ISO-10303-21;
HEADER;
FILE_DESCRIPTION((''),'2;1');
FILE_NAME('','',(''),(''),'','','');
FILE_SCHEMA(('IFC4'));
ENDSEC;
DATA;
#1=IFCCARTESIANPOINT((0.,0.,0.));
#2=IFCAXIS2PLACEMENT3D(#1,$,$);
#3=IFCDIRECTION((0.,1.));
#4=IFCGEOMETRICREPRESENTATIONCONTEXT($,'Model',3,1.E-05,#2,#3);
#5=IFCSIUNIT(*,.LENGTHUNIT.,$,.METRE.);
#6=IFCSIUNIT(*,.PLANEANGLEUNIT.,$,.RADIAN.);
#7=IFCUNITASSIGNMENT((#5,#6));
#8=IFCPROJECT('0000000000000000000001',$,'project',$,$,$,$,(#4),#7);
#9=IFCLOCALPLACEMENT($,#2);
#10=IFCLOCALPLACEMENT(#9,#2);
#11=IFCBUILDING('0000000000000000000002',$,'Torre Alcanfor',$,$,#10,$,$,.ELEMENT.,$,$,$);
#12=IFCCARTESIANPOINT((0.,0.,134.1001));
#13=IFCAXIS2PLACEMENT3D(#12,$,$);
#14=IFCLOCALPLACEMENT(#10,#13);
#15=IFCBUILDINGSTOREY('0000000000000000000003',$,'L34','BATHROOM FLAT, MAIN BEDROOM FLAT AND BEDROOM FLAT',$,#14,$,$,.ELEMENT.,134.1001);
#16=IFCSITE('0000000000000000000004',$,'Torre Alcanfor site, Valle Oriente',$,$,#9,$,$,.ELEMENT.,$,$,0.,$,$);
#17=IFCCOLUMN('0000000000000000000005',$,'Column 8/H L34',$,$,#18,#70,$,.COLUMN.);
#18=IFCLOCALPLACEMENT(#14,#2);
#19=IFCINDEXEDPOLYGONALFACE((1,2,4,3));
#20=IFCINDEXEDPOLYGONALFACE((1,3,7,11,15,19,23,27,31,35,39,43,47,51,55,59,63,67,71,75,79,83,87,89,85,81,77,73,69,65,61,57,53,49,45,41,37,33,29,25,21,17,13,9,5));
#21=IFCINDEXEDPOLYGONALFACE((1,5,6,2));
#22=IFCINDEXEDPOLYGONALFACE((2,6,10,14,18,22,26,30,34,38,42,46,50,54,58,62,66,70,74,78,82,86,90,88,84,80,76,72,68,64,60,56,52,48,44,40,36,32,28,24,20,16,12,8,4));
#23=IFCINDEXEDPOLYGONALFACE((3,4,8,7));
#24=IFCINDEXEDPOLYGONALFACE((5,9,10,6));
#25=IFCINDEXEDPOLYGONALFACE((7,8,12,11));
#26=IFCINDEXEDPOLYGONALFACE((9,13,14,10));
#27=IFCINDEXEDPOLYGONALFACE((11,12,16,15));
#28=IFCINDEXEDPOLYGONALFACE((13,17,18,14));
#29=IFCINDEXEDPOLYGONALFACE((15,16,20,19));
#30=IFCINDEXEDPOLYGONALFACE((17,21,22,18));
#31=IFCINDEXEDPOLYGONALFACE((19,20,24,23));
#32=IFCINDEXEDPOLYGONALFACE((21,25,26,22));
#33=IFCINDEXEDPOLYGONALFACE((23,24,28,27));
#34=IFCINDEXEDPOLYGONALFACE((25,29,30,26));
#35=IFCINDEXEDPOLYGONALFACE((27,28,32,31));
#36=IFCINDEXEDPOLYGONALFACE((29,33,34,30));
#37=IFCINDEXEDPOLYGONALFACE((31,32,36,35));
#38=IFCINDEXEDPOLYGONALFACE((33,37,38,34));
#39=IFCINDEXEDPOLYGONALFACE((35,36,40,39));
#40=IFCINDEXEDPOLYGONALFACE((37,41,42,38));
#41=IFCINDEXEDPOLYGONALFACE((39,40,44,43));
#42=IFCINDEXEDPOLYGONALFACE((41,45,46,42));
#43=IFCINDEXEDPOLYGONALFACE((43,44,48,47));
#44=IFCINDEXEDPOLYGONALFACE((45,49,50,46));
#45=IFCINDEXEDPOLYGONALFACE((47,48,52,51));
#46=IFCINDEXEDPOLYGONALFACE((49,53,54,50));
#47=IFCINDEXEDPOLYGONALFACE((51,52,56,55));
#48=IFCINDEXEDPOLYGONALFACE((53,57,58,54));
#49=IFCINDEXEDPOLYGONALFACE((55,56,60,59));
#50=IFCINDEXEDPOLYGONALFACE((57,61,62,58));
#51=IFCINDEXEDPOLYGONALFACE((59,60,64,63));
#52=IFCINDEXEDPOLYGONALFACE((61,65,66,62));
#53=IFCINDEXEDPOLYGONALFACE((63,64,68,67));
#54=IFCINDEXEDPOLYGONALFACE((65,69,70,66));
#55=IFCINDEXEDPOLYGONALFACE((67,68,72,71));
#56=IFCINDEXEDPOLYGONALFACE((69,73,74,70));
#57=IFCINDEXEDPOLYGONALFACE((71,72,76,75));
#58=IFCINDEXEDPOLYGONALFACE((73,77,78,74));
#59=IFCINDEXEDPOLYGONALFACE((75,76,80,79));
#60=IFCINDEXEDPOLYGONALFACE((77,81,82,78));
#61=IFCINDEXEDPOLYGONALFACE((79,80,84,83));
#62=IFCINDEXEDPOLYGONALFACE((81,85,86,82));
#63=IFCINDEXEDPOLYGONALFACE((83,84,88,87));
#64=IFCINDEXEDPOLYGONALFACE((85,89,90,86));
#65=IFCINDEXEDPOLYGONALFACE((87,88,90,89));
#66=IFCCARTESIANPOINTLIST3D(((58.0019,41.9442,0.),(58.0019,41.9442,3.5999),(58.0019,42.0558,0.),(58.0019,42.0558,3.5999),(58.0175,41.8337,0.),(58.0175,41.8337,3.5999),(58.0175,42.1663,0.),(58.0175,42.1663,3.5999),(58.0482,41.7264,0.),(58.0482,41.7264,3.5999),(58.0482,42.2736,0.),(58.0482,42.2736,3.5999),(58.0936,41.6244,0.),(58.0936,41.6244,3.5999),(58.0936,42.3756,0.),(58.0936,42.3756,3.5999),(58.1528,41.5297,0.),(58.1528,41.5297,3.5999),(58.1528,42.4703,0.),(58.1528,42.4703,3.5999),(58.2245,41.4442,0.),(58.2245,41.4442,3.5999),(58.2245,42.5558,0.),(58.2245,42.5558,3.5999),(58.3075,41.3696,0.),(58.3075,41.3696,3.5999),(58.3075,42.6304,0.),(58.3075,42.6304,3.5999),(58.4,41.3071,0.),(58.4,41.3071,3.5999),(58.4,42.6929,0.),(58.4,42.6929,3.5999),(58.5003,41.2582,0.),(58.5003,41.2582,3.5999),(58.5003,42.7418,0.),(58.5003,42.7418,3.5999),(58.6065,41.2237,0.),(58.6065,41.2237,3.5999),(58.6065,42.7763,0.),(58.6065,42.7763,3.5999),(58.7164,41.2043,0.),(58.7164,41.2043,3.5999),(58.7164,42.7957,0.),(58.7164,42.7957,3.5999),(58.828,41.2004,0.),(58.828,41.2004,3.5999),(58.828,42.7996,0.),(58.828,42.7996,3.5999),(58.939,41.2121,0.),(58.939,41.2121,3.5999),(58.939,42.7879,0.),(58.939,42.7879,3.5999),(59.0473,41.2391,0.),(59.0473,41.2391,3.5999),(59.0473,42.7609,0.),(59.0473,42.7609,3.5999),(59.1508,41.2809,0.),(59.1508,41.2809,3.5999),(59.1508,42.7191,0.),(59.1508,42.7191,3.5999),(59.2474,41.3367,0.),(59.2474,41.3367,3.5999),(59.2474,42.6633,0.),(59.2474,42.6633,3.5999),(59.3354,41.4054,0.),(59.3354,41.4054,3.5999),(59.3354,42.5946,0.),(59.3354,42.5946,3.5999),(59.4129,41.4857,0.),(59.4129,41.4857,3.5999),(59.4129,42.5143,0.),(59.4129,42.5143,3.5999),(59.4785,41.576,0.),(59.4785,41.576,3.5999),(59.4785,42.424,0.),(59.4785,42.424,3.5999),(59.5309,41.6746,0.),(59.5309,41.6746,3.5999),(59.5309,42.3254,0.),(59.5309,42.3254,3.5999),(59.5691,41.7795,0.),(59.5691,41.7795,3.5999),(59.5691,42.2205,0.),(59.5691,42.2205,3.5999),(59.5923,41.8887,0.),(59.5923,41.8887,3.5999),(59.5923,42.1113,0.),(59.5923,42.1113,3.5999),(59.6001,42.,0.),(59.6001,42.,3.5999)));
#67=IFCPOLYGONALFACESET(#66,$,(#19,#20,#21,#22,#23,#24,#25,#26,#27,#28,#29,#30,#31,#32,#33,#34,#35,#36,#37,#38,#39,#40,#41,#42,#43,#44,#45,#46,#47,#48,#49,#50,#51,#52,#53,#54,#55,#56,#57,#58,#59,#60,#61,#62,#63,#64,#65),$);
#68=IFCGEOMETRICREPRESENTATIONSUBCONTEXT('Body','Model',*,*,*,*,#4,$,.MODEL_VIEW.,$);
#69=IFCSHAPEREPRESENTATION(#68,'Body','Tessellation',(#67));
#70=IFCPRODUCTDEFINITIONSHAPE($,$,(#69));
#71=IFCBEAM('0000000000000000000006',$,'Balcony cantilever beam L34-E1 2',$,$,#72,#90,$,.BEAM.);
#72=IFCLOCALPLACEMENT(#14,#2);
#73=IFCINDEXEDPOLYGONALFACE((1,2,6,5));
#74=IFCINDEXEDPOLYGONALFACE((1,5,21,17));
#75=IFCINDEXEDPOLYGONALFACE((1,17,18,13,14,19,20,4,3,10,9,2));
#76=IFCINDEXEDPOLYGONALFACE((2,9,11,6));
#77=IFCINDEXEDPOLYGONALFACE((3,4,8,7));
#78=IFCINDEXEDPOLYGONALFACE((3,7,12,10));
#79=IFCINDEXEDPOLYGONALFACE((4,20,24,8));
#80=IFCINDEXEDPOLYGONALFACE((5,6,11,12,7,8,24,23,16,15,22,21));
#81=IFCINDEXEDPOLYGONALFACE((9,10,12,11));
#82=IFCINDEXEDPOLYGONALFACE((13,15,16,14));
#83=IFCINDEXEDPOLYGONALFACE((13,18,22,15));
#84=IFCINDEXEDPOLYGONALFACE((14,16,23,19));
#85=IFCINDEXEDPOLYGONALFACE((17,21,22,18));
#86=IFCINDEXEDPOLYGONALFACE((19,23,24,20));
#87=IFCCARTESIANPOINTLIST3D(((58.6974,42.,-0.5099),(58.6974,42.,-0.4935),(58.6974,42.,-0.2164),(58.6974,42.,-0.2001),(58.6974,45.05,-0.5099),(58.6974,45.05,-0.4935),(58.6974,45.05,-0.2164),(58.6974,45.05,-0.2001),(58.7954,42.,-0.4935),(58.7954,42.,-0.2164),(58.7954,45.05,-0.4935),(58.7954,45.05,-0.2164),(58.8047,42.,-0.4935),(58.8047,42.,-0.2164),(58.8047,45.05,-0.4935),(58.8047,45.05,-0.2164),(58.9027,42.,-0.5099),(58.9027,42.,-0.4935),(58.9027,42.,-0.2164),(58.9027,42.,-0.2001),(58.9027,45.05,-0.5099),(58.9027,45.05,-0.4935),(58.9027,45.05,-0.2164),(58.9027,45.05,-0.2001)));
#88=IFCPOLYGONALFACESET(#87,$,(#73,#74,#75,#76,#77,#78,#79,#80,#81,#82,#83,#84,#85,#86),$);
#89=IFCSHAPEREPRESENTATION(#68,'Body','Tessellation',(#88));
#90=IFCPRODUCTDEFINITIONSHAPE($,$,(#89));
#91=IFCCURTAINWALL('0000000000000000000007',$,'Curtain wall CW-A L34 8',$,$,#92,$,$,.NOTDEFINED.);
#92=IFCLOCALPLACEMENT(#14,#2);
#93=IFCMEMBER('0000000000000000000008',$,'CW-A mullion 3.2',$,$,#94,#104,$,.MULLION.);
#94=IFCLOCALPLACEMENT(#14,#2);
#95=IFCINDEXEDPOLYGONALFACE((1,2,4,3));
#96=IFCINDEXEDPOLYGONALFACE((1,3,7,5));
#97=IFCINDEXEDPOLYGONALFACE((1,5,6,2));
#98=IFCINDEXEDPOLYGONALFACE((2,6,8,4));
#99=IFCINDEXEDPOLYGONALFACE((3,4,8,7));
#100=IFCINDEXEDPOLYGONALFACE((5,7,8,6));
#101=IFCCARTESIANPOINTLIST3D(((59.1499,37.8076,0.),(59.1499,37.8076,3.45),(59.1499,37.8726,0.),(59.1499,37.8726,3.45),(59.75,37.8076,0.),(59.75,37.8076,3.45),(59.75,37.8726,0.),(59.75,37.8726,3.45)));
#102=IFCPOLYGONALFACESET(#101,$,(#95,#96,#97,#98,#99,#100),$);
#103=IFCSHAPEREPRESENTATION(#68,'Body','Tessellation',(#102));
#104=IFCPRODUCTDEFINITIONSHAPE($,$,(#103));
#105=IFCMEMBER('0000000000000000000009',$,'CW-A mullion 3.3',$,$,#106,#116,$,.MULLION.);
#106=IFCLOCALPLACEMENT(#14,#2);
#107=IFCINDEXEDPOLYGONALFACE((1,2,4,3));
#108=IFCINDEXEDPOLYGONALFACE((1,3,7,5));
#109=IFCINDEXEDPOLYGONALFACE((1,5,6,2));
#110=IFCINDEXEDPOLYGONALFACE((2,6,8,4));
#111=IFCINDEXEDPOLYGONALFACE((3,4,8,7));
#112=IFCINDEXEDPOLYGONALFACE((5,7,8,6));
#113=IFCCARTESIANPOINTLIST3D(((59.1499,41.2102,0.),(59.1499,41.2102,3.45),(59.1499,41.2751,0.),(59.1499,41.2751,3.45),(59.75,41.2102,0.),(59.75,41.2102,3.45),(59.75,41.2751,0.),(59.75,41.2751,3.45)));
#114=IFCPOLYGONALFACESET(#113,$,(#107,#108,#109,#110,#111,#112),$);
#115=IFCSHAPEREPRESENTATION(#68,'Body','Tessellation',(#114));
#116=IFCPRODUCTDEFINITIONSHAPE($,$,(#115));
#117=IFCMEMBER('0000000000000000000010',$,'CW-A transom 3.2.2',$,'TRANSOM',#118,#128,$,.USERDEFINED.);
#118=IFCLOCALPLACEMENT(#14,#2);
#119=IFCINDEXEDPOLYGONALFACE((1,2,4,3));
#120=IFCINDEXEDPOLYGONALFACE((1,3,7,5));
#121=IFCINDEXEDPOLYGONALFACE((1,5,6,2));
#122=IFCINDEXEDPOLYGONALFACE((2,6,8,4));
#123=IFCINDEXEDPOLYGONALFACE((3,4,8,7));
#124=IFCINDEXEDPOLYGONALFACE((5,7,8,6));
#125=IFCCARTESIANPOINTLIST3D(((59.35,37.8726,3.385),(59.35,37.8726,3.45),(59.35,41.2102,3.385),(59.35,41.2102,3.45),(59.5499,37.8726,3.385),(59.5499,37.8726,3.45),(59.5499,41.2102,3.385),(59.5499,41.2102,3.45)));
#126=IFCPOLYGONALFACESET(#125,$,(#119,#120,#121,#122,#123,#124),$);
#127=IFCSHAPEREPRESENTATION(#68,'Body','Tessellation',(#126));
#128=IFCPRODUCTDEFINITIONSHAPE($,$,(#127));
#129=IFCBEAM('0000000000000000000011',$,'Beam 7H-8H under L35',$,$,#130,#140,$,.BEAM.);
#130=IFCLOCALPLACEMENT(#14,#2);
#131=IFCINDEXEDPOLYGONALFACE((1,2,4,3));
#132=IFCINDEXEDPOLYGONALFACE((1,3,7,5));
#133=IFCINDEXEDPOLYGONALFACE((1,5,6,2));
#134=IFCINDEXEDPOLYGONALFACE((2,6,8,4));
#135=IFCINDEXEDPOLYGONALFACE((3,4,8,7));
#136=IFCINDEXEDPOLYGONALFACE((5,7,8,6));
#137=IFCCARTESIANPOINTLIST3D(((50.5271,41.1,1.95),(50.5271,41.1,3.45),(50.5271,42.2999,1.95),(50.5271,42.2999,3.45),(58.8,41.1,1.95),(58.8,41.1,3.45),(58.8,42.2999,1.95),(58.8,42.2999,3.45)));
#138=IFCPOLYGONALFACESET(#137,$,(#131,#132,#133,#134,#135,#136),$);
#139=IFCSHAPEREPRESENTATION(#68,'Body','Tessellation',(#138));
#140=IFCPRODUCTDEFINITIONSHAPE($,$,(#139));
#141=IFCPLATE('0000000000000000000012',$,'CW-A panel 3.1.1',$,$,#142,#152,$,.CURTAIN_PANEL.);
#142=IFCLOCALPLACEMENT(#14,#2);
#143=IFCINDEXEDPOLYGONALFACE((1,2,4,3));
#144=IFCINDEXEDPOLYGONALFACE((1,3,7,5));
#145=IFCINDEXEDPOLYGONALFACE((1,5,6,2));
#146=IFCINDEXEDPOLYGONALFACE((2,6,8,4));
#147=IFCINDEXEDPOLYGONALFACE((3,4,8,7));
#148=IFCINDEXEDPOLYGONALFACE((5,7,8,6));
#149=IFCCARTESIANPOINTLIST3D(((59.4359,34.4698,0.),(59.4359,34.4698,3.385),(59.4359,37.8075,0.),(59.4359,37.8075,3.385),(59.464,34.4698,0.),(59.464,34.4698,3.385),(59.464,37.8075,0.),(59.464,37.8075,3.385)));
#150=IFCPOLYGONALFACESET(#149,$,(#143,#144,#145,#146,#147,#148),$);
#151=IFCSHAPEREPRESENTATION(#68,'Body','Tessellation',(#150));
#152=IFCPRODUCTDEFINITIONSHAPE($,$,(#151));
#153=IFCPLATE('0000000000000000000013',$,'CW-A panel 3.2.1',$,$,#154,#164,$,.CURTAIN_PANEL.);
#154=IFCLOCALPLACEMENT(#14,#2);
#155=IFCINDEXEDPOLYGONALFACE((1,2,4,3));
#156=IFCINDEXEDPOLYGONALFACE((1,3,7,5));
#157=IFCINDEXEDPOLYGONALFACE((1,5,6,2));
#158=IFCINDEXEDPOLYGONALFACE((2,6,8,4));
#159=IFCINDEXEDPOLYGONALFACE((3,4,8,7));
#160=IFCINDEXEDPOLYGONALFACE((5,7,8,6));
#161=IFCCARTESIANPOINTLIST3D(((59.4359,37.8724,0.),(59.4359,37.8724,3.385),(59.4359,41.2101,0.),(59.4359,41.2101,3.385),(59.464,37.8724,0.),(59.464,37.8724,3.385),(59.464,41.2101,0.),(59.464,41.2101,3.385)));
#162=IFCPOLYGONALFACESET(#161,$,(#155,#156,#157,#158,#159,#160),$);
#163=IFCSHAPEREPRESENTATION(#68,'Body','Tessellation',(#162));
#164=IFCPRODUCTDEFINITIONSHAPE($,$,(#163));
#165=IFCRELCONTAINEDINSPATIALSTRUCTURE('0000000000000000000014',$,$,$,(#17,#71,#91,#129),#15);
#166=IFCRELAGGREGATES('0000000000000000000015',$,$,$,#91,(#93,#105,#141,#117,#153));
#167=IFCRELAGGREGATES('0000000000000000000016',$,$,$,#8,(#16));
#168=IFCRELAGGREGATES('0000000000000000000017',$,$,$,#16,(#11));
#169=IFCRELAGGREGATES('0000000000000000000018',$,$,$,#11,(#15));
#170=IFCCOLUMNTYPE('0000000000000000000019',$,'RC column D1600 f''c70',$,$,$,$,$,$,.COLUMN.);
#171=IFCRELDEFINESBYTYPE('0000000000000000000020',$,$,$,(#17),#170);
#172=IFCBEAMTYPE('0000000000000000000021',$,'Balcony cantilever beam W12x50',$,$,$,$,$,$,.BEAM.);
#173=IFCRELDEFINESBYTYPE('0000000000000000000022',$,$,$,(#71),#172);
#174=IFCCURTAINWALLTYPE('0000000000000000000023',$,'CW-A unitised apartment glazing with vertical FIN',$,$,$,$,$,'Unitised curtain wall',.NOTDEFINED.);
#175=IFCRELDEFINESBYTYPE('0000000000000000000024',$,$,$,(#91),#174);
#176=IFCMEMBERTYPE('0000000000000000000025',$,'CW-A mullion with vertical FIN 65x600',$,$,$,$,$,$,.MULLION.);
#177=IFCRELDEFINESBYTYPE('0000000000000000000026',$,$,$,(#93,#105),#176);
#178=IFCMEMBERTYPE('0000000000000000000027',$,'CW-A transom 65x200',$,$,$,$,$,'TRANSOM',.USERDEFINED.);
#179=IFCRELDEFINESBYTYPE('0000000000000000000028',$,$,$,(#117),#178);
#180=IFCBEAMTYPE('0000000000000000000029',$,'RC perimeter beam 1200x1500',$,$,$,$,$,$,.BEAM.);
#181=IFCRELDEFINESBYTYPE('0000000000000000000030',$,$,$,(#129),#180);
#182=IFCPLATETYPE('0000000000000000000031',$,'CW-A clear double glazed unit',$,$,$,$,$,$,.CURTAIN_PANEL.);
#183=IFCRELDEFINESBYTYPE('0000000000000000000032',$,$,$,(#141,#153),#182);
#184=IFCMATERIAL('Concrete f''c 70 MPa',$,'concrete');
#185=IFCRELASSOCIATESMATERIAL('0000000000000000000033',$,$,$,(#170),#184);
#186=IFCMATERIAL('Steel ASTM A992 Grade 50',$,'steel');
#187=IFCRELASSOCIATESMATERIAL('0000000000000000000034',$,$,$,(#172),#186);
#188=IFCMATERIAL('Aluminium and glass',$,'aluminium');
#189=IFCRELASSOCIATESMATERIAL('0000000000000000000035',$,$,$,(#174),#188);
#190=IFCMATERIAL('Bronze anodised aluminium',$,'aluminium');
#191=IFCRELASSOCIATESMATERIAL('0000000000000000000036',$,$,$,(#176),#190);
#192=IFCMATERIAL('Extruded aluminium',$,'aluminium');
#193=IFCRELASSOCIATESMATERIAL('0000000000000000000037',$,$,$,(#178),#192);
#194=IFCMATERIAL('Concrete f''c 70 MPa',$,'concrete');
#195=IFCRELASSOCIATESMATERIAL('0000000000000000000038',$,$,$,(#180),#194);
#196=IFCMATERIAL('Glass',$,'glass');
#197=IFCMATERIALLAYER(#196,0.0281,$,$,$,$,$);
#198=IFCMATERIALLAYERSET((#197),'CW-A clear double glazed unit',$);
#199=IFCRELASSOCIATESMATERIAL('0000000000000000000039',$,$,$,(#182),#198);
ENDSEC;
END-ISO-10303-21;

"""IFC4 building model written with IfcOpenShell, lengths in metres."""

from ifc_helpers import new_model, si_unit, direction, frame, origin, origin_2d, place, context, subcontext, project, spatial, rectangle, circle, i_section, extrude, material, layer, layer_set, material_profile, profile_set, type_object, element, aggregate, save


model = new_model("IFC4")

# Units and contexts
model_context = context("Model", 3, precision=1e-05, world=origin(), true_north=direction((0.0, 1.0)))
body_context = subcontext(model_context, "Body", "Model", "MODEL_VIEW")
ifc_project = project(units=[si_unit("LENGTHUNIT", "METRE"), si_unit("PLANEANGLEUNIT", "RADIAN")], contexts=[model_context])

# Site, building, storey
site_placement = place(None, origin())
site = spatial("IfcSite", under=ifc_project, at=site_placement, Name="Torre Alcanfor site, Valle Oriente", CompositionType="ELEMENT", RefElevation=0.0)
building_placement = place(site_placement, origin())
building = spatial("IfcBuilding", under=site, at=building_placement, Name="Torre Alcanfor", CompositionType="ELEMENT")
storey_placement = place(building_placement, frame((0.0, 0.0, 134.1001)))
storey = spatial("IfcBuildingStorey", under=building, at=storey_placement, Name="L34", Description="BATHROOM FLAT, MAIN BEDROOM FLAT AND BEDROOM FLAT", CompositionType="ELEMENT", Elevation=134.1001)

# Column
ifc_material_1 = material(Name="Concrete f'c 70 MPa", Category="concrete")
ifc_material_profile_1 = material_profile(ifc_material_1, circle(Radius=0.8, at=origin_2d()), Name="D1600")
ifc_profile_set_1 = profile_set([ifc_material_profile_1], Name="Concrete f'c 70 MPa")
column_type = type_object("IfcColumnType", Name="RC column D1600 f'c70", PredefinedType="COLUMN", material=ifc_profile_set_1)
column_placement = place(storey_placement, frame((58.8, 42.0, 0.0), z_axis=(0.0, 0.0, 1.0), x_axis=(1.0, 0.0, 0.0)))
element("IfcColumn", 1, at=column_placement, inside=storey, type_object=column_type, Name="Column 8/H L34", PredefinedType="COLUMN", context=body_context, shape_type="SweptSolid", body=[
    extrude(circle(Radius=0.8, at=origin_2d()), origin(), (0.0, 0.0, 1.0), 3.5999),
])

# Beam
ifc_material_2 = material(Name="Steel ASTM A992 Grade 50", Category="steel")
ifc_material_profile_2 = material_profile(ifc_material_2, i_section(OverallWidth=0.2053, OverallDepth=0.3098, WebThickness=0.0093, FlangeThickness=0.0164, at=origin_2d()), Name="W12x50")
ifc_profile_set_2 = profile_set([ifc_material_profile_2], Name="Steel ASTM A992 Grade 50")
beam_type_1 = type_object("IfcBeamType", Name="Balcony cantilever beam W12x50", PredefinedType="BEAM", material=ifc_profile_set_2)
beam_1_placement = place(storey_placement, frame((58.8, 42.0, -0.355), z_axis=(0.0, 1.0, 0.0), x_axis=(-1.0, 0.0, 0.0)))
element("IfcBeam", 2, at=beam_1_placement, inside=storey, type_object=beam_type_1, Name="Balcony cantilever beam L34-E1 2", PredefinedType="BEAM", context=body_context, shape_type="SweptSolid", body=[
    extrude(i_section(OverallWidth=0.2053, OverallDepth=0.3098, WebThickness=0.0093, FlangeThickness=0.0164, at=origin_2d()), origin(), (0.0, 0.0, 1.0), 3.05),
])

# Curtain wall, members
ifc_material_3 = material(Name="Aluminium and glass", Category="aluminium")
curtain_wall_type = type_object("IfcCurtainWallType", Name="CW-A unitised apartment glazing with vertical FIN", ElementType="Unitised curtain wall", PredefinedType="NOTDEFINED", material=ifc_material_3)
curtain_wall_placement = place(storey_placement, origin())
curtain_wall = element("IfcCurtainWall", 3, at=curtain_wall_placement, inside=storey, type_object=curtain_wall_type, Name="Curtain wall CW-A L34 8", PredefinedType="NOTDEFINED")
ifc_material_4 = material(Name="Bronze anodised aluminium", Category="aluminium")
ifc_material_profile_3 = material_profile(ifc_material_4, rectangle(XDim=0.6001, YDim=0.0649, at=origin_2d()), Name="CW-A mullion 65x600")
ifc_profile_set_3 = profile_set([ifc_material_profile_3], Name="Bronze anodised aluminium")
member_type_1 = type_object("IfcMemberType", Name="CW-A mullion with vertical FIN 65x600", PredefinedType="MULLION", material=ifc_profile_set_3)
member_1_placement = place(storey_placement, frame((59.45, 37.8401, 0.0), z_axis=(0.0, 0.0, 1.0), x_axis=(-1.0, 0.0, 0.0)))
member_1 = element("IfcMember", 4, at=member_1_placement, type_object=member_type_1, Name="CW-A mullion 3.2", PredefinedType="MULLION", context=body_context, shape_type="SweptSolid", body=[
    extrude(rectangle(XDim=0.6001, YDim=0.0649, at=origin_2d()), origin(), (0.0, 0.0, 1.0), 3.45),
])
member_2_placement = place(storey_placement, frame((59.45, 41.2427, 0.0), z_axis=(0.0, 0.0, 1.0), x_axis=(-1.0, 0.0, 0.0)))
member_2 = element("IfcMember", 5, at=member_2_placement, type_object=member_type_1, Name="CW-A mullion 3.3", PredefinedType="MULLION", context=body_context, shape_type="SweptSolid", body=[
    extrude(rectangle(XDim=0.6001, YDim=0.0649, at=origin_2d()), origin(), (0.0, 0.0, 1.0), 3.45),
])
ifc_material_5 = material(Name="Extruded aluminium", Category="aluminium")
ifc_material_profile_4 = material_profile(ifc_material_5, rectangle(XDim=0.2, YDim=0.0649, at=origin_2d()), Name="CW-A transom 200x65")
ifc_profile_set_4 = profile_set([ifc_material_profile_4], Name="Extruded aluminium")
member_type_2 = type_object("IfcMemberType", Name="CW-A transom 65x200", ElementType="TRANSOM", PredefinedType="USERDEFINED", material=ifc_profile_set_4)
member_3_placement = place(storey_placement, frame((59.45, 37.8726, 3.4175), z_axis=(0.0, 1.0, 0.0), x_axis=(-1.0, 0.0, 0.0)))
member_3 = element("IfcMember", 6, at=member_3_placement, type_object=member_type_2, Name="CW-A transom 3.2.2", ObjectType="TRANSOM", PredefinedType="USERDEFINED", context=body_context, shape_type="SweptSolid", body=[
    extrude(rectangle(XDim=0.2, YDim=0.0649, at=origin_2d()), origin(), (0.0, 0.0, 1.0), 3.3376),
])

# Beam
ifc_material_6 = material(Name="Concrete f'c 70 MPa", Category="concrete")
ifc_material_profile_5 = material_profile(ifc_material_6, rectangle(XDim=1.2, YDim=1.5, at=origin_2d()), Name="1200x1500")
ifc_profile_set_5 = profile_set([ifc_material_profile_5], Name="Concrete f'c 70 MPa")
beam_type_2 = type_object("IfcBeamType", Name="RC perimeter beam 1200x1500", PredefinedType="BEAM", material=ifc_profile_set_5)
beam_2_placement = place(storey_placement, frame((50.5271, 41.7, 2.7), z_axis=(1.0, 0.0, 0.0), x_axis=(0.0, 1.0, 0.0)))
element("IfcBeam", 7, at=beam_2_placement, inside=storey, type_object=beam_type_2, Name="Beam 7H-8H under L35", PredefinedType="BEAM", context=body_context, shape_type="SweptSolid", body=[
    extrude(rectangle(XDim=1.2, YDim=1.5, at=origin_2d()), origin(), (0.0, 0.0, 1.0), 8.2729),
])

# Plates
ifc_material_7 = material(Name="Glass", Category="glass")
ifc_layer_1 = layer(ifc_material_7, 0.0281)
ifc_layer_set_1 = layer_set([ifc_layer_1], Name="CW-A clear double glazed unit")
plate_type = type_object("IfcPlateType", Name="CW-A clear double glazed unit", PredefinedType="CURTAIN_PANEL", material=ifc_layer_set_1)
plate_1_placement = place(storey_placement, frame((59.45, 36.1387, 0.0), z_axis=(0.0, 0.0, 1.0), x_axis=(0.0, 1.0, 0.0)))
plate_1 = element("IfcPlate", 8, at=plate_1_placement, type_object=plate_type, Name="CW-A panel 3.1.1", PredefinedType="CURTAIN_PANEL", context=body_context, shape_type="SweptSolid", body=[
    extrude(rectangle(XDim=3.3376, YDim=0.0281, at=origin_2d()), origin(), (0.0, 0.0, 1.0), 3.385),
])
plate_2_placement = place(storey_placement, frame((59.45, 39.5413, 0.0), z_axis=(0.0, 0.0, 1.0), x_axis=(0.0, 1.0, 0.0)))
plate_2 = element("IfcPlate", 9, at=plate_2_placement, type_object=plate_type, Name="CW-A panel 3.2.1", PredefinedType="CURTAIN_PANEL", context=body_context, shape_type="SweptSolid", body=[
    extrude(rectangle(XDim=3.3376, YDim=0.0281, at=origin_2d()), origin(), (0.0, 0.0, 1.0), 3.385),
])
aggregate(curtain_wall, [member_1, member_2, plate_1, member_3, plate_2])

save(model, "model.ifc")
